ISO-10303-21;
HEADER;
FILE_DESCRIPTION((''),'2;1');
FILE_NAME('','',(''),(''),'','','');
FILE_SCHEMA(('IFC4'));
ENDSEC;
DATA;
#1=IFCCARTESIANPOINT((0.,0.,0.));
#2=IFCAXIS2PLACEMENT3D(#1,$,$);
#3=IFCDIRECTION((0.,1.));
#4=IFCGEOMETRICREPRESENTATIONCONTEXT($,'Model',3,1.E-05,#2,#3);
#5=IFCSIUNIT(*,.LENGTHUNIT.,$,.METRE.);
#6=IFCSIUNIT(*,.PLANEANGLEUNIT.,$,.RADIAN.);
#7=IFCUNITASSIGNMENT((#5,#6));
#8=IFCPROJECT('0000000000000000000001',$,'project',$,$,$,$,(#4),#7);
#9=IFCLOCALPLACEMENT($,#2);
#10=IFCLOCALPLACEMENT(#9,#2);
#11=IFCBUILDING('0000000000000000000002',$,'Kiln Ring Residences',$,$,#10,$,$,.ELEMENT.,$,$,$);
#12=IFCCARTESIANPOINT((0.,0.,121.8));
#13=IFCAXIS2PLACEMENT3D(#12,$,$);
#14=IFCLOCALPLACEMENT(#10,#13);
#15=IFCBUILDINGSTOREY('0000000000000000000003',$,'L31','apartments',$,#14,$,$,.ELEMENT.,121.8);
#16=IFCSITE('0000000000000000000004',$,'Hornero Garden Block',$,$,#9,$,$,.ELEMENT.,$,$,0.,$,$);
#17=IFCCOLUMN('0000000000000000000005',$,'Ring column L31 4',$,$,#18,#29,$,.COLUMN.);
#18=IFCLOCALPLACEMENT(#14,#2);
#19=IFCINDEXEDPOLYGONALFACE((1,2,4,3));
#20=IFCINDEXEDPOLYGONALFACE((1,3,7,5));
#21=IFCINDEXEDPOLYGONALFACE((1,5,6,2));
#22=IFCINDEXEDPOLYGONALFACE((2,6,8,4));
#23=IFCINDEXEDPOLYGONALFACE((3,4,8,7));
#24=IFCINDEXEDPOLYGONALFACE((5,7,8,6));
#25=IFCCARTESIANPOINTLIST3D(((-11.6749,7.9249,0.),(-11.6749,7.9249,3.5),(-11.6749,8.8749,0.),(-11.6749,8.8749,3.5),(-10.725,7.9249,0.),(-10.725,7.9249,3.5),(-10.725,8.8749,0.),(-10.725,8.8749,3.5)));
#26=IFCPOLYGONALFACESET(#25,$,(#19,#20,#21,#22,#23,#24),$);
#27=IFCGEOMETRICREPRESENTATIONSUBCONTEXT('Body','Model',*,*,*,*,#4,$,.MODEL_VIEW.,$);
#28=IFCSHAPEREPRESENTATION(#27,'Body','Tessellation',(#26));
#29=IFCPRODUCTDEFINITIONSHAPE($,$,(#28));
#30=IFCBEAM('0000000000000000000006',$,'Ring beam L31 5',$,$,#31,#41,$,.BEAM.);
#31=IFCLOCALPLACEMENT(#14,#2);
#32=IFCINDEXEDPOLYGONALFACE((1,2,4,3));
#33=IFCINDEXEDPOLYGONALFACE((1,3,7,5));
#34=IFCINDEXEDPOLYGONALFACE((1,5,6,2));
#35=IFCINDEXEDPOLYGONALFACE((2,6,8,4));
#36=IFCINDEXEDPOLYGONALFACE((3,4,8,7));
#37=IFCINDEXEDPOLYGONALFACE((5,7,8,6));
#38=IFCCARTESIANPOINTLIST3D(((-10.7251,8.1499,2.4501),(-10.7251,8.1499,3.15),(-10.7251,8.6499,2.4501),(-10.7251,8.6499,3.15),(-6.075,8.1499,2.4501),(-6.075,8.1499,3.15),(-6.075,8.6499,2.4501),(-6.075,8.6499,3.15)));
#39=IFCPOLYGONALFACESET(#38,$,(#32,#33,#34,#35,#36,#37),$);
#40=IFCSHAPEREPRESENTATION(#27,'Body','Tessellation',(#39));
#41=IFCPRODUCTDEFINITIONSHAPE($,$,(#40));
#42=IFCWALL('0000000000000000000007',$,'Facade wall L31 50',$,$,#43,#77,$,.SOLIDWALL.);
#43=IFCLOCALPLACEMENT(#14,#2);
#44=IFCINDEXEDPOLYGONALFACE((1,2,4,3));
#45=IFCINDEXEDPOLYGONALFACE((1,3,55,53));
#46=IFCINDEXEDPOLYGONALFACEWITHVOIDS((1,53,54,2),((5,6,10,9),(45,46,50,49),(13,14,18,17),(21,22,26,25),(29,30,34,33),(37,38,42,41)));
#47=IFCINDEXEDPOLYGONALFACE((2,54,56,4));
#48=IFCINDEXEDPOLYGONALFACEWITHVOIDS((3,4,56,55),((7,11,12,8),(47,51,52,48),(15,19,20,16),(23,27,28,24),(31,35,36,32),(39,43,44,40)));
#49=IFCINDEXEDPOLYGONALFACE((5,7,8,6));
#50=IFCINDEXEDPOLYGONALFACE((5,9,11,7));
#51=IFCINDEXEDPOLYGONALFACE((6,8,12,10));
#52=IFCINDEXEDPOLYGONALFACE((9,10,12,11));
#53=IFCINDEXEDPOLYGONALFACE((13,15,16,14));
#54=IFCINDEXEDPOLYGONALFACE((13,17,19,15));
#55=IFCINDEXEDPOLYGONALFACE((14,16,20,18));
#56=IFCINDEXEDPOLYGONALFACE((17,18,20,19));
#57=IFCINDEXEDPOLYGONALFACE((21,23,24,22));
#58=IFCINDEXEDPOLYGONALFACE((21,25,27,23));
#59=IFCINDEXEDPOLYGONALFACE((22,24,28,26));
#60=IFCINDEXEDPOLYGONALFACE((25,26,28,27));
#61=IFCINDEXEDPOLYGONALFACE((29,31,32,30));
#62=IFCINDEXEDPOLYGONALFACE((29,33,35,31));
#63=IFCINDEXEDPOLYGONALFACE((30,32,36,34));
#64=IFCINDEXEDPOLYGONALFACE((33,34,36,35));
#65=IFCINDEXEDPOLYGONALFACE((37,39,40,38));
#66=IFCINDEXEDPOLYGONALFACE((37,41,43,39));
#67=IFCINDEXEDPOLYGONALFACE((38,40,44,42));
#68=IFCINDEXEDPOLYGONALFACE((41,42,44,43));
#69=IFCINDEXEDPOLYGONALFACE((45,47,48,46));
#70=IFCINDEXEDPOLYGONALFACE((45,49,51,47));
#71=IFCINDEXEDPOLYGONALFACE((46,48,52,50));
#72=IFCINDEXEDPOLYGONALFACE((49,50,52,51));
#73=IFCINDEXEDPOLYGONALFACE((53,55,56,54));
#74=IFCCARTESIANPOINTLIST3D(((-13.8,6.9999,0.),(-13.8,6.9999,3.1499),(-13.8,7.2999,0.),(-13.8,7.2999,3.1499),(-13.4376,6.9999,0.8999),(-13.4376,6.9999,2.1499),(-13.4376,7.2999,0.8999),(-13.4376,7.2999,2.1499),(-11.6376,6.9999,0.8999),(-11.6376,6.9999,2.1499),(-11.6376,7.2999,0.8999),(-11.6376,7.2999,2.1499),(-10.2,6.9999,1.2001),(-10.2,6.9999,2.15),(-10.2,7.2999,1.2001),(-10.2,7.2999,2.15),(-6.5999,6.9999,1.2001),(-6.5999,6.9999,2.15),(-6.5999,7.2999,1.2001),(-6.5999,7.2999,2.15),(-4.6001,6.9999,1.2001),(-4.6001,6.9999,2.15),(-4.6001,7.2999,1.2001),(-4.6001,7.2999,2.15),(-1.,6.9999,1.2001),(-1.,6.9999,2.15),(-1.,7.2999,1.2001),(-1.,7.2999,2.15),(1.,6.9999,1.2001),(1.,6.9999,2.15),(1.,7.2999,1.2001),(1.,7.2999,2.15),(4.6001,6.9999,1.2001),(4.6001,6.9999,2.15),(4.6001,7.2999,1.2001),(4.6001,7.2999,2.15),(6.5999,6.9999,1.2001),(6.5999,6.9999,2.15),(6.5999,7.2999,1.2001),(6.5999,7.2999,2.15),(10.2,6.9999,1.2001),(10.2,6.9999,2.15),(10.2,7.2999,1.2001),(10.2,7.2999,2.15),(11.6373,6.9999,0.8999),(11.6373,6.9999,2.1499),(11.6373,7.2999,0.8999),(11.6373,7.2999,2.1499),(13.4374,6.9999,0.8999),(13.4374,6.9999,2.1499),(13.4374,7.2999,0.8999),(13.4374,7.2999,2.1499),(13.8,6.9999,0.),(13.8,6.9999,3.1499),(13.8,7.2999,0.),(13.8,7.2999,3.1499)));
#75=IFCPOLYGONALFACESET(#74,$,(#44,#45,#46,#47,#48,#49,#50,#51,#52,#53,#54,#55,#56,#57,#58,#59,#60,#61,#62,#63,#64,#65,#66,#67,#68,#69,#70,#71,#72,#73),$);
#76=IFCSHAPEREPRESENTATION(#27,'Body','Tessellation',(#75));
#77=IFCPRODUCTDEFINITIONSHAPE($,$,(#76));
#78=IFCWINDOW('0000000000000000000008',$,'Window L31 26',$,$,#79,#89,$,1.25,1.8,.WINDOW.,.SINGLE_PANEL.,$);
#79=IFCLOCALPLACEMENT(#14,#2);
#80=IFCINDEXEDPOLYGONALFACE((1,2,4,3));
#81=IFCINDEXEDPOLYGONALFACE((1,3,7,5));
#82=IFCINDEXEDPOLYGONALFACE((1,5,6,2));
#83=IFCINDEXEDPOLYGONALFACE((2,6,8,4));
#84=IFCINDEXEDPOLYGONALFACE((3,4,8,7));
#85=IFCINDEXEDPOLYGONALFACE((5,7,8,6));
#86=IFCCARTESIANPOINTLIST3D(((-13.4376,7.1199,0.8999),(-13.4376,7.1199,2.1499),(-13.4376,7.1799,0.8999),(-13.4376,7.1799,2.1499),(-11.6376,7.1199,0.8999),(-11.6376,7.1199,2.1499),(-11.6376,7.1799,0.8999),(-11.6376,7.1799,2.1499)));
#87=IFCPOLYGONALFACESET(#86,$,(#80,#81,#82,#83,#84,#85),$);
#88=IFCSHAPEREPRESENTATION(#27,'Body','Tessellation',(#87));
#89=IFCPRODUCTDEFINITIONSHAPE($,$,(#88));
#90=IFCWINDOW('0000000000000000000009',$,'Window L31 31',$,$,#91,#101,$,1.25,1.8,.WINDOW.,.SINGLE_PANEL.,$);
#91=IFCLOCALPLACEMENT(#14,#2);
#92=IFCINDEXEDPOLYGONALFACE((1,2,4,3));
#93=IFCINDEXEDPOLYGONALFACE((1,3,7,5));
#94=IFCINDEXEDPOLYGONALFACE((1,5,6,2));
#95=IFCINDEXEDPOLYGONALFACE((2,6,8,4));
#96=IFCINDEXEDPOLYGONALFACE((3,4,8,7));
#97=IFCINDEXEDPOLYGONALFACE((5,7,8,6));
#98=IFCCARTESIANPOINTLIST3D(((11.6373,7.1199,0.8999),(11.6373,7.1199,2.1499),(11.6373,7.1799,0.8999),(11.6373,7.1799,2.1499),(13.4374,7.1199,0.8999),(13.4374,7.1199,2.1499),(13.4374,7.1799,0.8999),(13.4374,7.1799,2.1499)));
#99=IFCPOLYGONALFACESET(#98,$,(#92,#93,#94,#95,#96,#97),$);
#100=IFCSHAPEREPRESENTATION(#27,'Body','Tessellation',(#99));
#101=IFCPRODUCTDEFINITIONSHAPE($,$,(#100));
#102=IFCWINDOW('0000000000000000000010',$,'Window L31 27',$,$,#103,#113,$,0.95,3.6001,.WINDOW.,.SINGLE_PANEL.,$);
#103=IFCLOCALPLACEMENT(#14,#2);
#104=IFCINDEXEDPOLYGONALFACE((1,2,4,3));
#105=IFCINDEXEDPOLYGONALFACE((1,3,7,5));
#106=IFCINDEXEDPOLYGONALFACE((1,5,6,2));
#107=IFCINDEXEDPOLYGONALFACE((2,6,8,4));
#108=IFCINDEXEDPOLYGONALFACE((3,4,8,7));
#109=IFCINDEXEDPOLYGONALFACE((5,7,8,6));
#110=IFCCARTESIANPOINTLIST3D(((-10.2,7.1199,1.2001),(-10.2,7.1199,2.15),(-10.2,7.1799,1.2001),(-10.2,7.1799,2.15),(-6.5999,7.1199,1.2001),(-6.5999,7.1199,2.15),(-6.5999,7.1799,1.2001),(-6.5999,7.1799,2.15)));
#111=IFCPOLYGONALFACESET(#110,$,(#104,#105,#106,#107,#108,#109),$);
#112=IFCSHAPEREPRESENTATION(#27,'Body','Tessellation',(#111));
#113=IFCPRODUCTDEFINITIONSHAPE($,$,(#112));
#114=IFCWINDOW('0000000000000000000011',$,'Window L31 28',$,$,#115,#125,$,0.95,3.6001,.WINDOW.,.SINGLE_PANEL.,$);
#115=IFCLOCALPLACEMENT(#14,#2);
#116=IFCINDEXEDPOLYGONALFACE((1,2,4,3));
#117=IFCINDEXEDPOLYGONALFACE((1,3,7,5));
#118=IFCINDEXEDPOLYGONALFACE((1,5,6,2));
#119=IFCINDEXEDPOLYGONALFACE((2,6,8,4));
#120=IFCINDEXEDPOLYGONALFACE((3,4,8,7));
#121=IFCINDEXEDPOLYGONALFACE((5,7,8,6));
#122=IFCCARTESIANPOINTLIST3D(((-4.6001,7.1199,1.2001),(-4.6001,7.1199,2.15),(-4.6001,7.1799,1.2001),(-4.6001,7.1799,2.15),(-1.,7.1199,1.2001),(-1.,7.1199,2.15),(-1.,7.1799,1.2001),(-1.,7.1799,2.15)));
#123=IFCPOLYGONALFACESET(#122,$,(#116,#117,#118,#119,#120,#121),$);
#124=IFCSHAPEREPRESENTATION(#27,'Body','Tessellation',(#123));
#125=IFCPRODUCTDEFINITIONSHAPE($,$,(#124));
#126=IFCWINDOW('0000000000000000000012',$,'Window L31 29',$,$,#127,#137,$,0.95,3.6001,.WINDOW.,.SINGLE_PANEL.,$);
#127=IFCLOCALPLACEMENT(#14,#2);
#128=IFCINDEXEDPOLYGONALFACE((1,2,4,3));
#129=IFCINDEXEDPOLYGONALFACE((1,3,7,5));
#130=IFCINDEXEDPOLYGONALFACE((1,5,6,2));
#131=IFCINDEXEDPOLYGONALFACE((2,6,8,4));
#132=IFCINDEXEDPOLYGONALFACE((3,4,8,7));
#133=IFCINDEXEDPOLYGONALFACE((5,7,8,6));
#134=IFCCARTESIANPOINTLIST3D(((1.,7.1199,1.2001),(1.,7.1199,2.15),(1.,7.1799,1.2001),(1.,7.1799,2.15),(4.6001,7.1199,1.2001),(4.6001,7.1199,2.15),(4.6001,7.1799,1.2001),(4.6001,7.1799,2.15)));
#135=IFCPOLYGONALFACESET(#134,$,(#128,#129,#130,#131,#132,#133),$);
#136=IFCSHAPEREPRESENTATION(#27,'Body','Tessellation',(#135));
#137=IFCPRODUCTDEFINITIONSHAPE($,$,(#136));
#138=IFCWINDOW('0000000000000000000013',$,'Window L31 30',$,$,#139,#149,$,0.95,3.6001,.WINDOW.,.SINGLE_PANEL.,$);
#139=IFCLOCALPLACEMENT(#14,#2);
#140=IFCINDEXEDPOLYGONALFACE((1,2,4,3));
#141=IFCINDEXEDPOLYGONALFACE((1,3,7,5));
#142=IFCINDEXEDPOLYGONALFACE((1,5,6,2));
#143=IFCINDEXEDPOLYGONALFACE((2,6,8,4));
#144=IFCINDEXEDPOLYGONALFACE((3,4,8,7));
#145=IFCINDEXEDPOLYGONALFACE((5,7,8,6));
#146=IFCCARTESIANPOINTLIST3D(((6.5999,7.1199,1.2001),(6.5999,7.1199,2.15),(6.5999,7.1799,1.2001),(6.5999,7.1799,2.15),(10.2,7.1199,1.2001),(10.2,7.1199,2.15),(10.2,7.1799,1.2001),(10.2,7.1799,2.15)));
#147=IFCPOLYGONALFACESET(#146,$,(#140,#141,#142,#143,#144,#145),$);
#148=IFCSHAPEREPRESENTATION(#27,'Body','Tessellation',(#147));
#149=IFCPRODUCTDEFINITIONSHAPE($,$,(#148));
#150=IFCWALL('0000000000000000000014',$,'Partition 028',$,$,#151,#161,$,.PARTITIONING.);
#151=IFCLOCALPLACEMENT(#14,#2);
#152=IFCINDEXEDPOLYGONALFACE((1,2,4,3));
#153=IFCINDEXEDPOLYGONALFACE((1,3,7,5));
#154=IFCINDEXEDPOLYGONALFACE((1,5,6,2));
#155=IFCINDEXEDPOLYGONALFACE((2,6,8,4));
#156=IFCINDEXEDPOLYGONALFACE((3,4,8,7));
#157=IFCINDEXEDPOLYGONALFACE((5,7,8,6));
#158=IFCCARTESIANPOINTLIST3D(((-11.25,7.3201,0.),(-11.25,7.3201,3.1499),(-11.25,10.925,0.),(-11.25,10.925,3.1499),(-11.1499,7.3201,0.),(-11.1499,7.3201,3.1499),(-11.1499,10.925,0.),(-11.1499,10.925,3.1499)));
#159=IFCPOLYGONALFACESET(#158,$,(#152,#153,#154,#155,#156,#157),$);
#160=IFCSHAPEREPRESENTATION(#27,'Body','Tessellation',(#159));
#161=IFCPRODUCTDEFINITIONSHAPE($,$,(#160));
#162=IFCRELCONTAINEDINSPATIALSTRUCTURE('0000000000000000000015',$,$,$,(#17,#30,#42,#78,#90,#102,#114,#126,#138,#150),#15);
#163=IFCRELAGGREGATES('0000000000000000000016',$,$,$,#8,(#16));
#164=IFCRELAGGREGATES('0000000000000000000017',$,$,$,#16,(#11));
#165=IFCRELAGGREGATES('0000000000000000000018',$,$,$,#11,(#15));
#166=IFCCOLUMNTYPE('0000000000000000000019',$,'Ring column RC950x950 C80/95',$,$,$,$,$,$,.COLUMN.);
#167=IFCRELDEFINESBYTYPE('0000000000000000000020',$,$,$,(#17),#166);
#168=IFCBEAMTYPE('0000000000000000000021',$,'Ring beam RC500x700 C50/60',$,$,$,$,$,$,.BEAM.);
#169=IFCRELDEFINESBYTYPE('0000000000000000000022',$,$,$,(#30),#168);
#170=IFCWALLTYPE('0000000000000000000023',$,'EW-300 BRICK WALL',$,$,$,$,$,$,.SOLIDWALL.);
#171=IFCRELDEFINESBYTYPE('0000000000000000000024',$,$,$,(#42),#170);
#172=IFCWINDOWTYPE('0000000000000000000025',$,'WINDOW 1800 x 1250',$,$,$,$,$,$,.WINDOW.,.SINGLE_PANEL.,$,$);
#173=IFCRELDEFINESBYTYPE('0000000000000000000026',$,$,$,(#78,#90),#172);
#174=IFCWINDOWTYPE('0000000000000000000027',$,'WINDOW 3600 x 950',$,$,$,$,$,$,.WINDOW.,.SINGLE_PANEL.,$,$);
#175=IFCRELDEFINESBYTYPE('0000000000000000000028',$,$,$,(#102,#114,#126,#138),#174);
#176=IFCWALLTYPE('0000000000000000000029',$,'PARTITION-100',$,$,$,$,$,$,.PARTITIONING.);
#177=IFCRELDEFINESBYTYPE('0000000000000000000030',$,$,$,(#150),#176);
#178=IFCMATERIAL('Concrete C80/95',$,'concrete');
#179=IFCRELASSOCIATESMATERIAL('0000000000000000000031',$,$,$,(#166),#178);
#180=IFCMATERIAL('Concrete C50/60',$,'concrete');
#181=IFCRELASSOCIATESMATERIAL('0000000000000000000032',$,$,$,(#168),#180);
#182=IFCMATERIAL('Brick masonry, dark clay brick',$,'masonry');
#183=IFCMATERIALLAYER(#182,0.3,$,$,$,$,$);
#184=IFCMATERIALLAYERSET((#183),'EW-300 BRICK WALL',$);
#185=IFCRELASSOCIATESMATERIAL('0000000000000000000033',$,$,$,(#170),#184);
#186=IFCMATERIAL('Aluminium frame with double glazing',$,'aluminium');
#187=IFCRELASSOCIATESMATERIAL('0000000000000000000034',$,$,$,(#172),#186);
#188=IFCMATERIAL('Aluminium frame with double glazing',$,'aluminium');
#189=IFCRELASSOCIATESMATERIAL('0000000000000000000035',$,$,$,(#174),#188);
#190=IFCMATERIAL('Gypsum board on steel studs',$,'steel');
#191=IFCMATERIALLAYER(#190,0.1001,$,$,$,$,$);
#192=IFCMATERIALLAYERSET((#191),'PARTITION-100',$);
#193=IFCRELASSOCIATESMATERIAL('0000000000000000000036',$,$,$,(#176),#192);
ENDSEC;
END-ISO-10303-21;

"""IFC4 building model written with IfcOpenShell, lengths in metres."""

from ifc_helpers import new_model, si_unit, direction, frame, frame_2d, origin, origin_2d, place, context, subcontext, project, spatial, rectangle, extrude, material, layer, layer_set, material_profile, profile_set, type_object, element, fill, save


model = new_model("IFC4")

# Units and contexts
model_context = context("Model", 3, precision=1e-05, world=origin(), true_north=direction((0.0, 1.0)))
body_context = subcontext(model_context, "Body", "Model", "MODEL_VIEW")
ifc_project = project(units=[si_unit("LENGTHUNIT", "METRE"), si_unit("PLANEANGLEUNIT", "RADIAN")], contexts=[model_context])

# Site, building, storey
site_placement = place(None, origin())
site = spatial("IfcSite", under=ifc_project, at=site_placement, Name="Hornero Garden Block", CompositionType="ELEMENT", RefElevation=0.0)
building_placement = place(site_placement, origin())
building = spatial("IfcBuilding", under=site, at=building_placement, Name="Kiln Ring Residences", CompositionType="ELEMENT")
storey_placement = place(building_placement, frame((0.0, 0.0, 121.8)))
storey = spatial("IfcBuildingStorey", under=building, at=storey_placement, Name="L31", Description="apartments", CompositionType="ELEMENT", Elevation=121.8)

# Column
ifc_material_1 = material(Name="Concrete C80/95", Category="concrete")
ifc_material_profile_1 = material_profile(ifc_material_1, rectangle(XDim=0.95, YDim=0.95, at=origin_2d()), Name="RC950x950")
ifc_profile_set_1 = profile_set([ifc_material_profile_1], Name="Concrete C80/95")
column_type = type_object("IfcColumnType", Name="Ring column RC950x950 C80/95", PredefinedType="COLUMN", material=ifc_profile_set_1)
column_placement = place(storey_placement, frame((-11.2, 8.3999, 0.0), z_axis=(0.0, 0.0, 1.0), x_axis=(1.0, 0.0, 0.0)))
element("IfcColumn", 1, at=column_placement, inside=storey, type_object=column_type, Name="Ring column L31 4", PredefinedType="COLUMN", context=body_context, shape_type="SweptSolid", body=[
    extrude(rectangle(XDim=0.95, YDim=0.95, at=origin_2d()), origin(), (0.0, 0.0, 1.0), 3.5),
])

# Beam
ifc_material_2 = material(Name="Concrete C50/60", Category="concrete")
ifc_material_profile_2 = material_profile(ifc_material_2, rectangle(XDim=0.5, YDim=0.7, at=origin_2d()), Name="RC500x700")
ifc_profile_set_2 = profile_set([ifc_material_profile_2], Name="Concrete C50/60")
beam_type = type_object("IfcBeamType", Name="Ring beam RC500x700 C50/60", PredefinedType="BEAM", material=ifc_profile_set_2)
beam_placement = place(storey_placement, frame((-10.7251, 8.3999, 2.8), z_axis=(1.0, 0.0, 0.0), x_axis=(0.0, 1.0, 0.0)))
element("IfcBeam", 2, at=beam_placement, inside=storey, type_object=beam_type, Name="Ring beam L31 5", PredefinedType="BEAM", context=body_context, shape_type="SweptSolid", body=[
    extrude(rectangle(XDim=0.5, YDim=0.7, at=origin_2d()), origin(), (0.0, 0.0, 1.0), 4.6501),
])

# Wall, openings, windows
ifc_material_3 = material(Name="Brick masonry, dark clay brick", Category="masonry")
ifc_layer_1 = layer(ifc_material_3, 0.3)
ifc_layer_set_1 = layer_set([ifc_layer_1], Name="EW-300 BRICK WALL")
wall_type_1 = type_object("IfcWallType", Name="EW-300 BRICK WALL", PredefinedType="SOLIDWALL", material=ifc_layer_set_1)
wall_1_placement = place(storey_placement, frame((-13.8, 7.1499, 0.0), z_axis=(0.0, 0.0, 1.0), x_axis=(1.0, 0.0, 0.0)))
wall_1 = element("IfcWall", 3, at=wall_1_placement, inside=storey, type_object=wall_type_1, Name="Facade wall L31 50", PredefinedType="SOLIDWALL", context=body_context, shape_type="SweptSolid", body=[
    extrude(rectangle(XDim=27.6001, YDim=0.3, at=frame_2d((13.8, 0.0))), origin(), (0.0, 0.0, 1.0), 3.1499),
])
opening_1_placement = place(wall_1_placement, frame((0.3625, 0.0, 0.8999)))
opening_1 = element("IfcOpeningElement", 4, at=opening_1_placement, cuts=wall_1, PredefinedType="OPENING", context=body_context, shape_type="SweptSolid", body=[
    extrude(rectangle(XDim=1.8, YDim=1.25, at=frame_2d((0.8999, 0.625))), frame((0.0, 0.1599, 0.0), z_axis=(0.0, -1.0, 0.0), x_axis=(1.0, 0.0, 0.0)), (0.0, 0.0, 1.0), 0.3201),
])
opening_2_placement = place(wall_1_placement, frame((3.6001, 0.0, 1.2)))
opening_2 = element("IfcOpeningElement", 5, at=opening_2_placement, cuts=wall_1, PredefinedType="OPENING", context=body_context, shape_type="SweptSolid", body=[
    extrude(rectangle(XDim=3.6001, YDim=0.95, at=frame_2d((1.8, 0.4751))), frame((0.0, 0.1599, 0.0), z_axis=(0.0, -1.0, 0.0), x_axis=(1.0, 0.0, 0.0)), (0.0, 0.0, 1.0), 0.3201),
])
opening_3_placement = place(wall_1_placement, frame((9.2, 0.0, 1.2)))
opening_3 = element("IfcOpeningElement", 6, at=opening_3_placement, cuts=wall_1, PredefinedType="OPENING", context=body_context, shape_type="SweptSolid", body=[
    extrude(rectangle(XDim=3.6001, YDim=0.95, at=frame_2d((1.8, 0.4751))), frame((0.0, 0.1599, 0.0), z_axis=(0.0, -1.0, 0.0), x_axis=(1.0, 0.0, 0.0)), (0.0, 0.0, 1.0), 0.3201),
])
opening_4_placement = place(wall_1_placement, frame((14.8, 0.0, 1.2)))
opening_4 = element("IfcOpeningElement", 7, at=opening_4_placement, cuts=wall_1, PredefinedType="OPENING", context=body_context, shape_type="SweptSolid", body=[
    extrude(rectangle(XDim=3.6001, YDim=0.95, at=frame_2d((1.8, 0.4751))), frame((0.0, 0.1599, 0.0), z_axis=(0.0, -1.0, 0.0), x_axis=(1.0, 0.0, 0.0)), (0.0, 0.0, 1.0), 0.3201),
])
opening_5_placement = place(wall_1_placement, frame((20.3999, 0.0, 1.2)))
opening_5 = element("IfcOpeningElement", 8, at=opening_5_placement, cuts=wall_1, PredefinedType="OPENING", context=body_context, shape_type="SweptSolid", body=[
    extrude(rectangle(XDim=3.6001, YDim=0.95, at=frame_2d((1.8, 0.4751))), frame((0.0, 0.1599, 0.0), z_axis=(0.0, -1.0, 0.0), x_axis=(1.0, 0.0, 0.0)), (0.0, 0.0, 1.0), 0.3201),
])
opening_6_placement = place(wall_1_placement, frame((25.4375, 0.0, 0.8999)))
opening_6 = element("IfcOpeningElement", 9, at=opening_6_placement, cuts=wall_1, PredefinedType="OPENING", context=body_context, shape_type="SweptSolid", body=[
    extrude(rectangle(XDim=1.8, YDim=1.25, at=frame_2d((0.8999, 0.625))), frame((0.0, 0.1599, 0.0), z_axis=(0.0, -1.0, 0.0), x_axis=(1.0, 0.0, 0.0)), (0.0, 0.0, 1.0), 0.3201),
])
ifc_material_4 = material(Name="Aluminium frame with double glazing", Category="aluminium")
window_type_1 = type_object("IfcWindowType", Name="WINDOW 1800 x 1250", PartitioningType="SINGLE_PANEL", PredefinedType="WINDOW", material=ifc_material_4)
window_1_placement = place(opening_1_placement, origin())
window_1 = element("IfcWindow", 10, at=window_1_placement, inside=storey, type_object=window_type_1, Name="Window L31 26", OverallHeight=1.25, OverallWidth=1.8, PartitioningType="SINGLE_PANEL", PredefinedType="WINDOW", context=body_context, shape_type="SweptSolid", body=[
    extrude(rectangle(XDim=1.8, YDim=1.25, at=frame_2d((0.8999, 0.625))), frame((0.0, 0.03, 0.0), z_axis=(0.0, -1.0, 0.0), x_axis=(1.0, 0.0, 0.0)), (0.0, 0.0, 1.0), 0.0601),
])
fill(opening_1, window_1)
window_2_placement = place(opening_6_placement, origin())
window_2 = element("IfcWindow", 11, at=window_2_placement, inside=storey, type_object=window_type_1, Name="Window L31 31", OverallHeight=1.25, OverallWidth=1.8, PartitioningType="SINGLE_PANEL", PredefinedType="WINDOW", context=body_context, shape_type="SweptSolid", body=[
    extrude(rectangle(XDim=1.8, YDim=1.25, at=frame_2d((0.8999, 0.625))), frame((0.0, 0.03, 0.0), z_axis=(0.0, -1.0, 0.0), x_axis=(1.0, 0.0, 0.0)), (0.0, 0.0, 1.0), 0.0601),
])
fill(opening_6, window_2)
ifc_material_5 = material(Name="Aluminium frame with double glazing", Category="aluminium")
window_type_2 = type_object("IfcWindowType", Name="WINDOW 3600 x 950", PartitioningType="SINGLE_PANEL", PredefinedType="WINDOW", material=ifc_material_5)
window_3_placement = place(opening_2_placement, origin())
window_3 = element("IfcWindow", 12, at=window_3_placement, inside=storey, type_object=window_type_2, Name="Window L31 27", OverallHeight=0.95, OverallWidth=3.6001, PartitioningType="SINGLE_PANEL", PredefinedType="WINDOW", context=body_context, shape_type="SweptSolid", body=[
    extrude(rectangle(XDim=3.6001, YDim=0.95, at=frame_2d((1.8, 0.4751))), frame((0.0, 0.03, 0.0), z_axis=(0.0, -1.0, 0.0), x_axis=(1.0, 0.0, 0.0)), (0.0, 0.0, 1.0), 0.0601),
])
fill(opening_2, window_3)
window_4_placement = place(opening_3_placement, origin())
window_4 = element("IfcWindow", 13, at=window_4_placement, inside=storey, type_object=window_type_2, Name="Window L31 28", OverallHeight=0.95, OverallWidth=3.6001, PartitioningType="SINGLE_PANEL", PredefinedType="WINDOW", context=body_context, shape_type="SweptSolid", body=[
    extrude(rectangle(XDim=3.6001, YDim=0.95, at=frame_2d((1.8, 0.4751))), frame((0.0, 0.03, 0.0), z_axis=(0.0, -1.0, 0.0), x_axis=(1.0, 0.0, 0.0)), (0.0, 0.0, 1.0), 0.0601),
])
fill(opening_3, window_4)
window_5_placement = place(opening_4_placement, origin())
window_5 = element("IfcWindow", 14, at=window_5_placement, inside=storey, type_object=window_type_2, Name="Window L31 29", OverallHeight=0.95, OverallWidth=3.6001, PartitioningType="SINGLE_PANEL", PredefinedType="WINDOW", context=body_context, shape_type="SweptSolid", body=[
    extrude(rectangle(XDim=3.6001, YDim=0.95, at=frame_2d((1.8, 0.4751))), frame((0.0, 0.03, 0.0), z_axis=(0.0, -1.0, 0.0), x_axis=(1.0, 0.0, 0.0)), (0.0, 0.0, 1.0), 0.0601),
])
fill(opening_4, window_5)
window_6_placement = place(opening_5_placement, origin())
window_6 = element("IfcWindow", 15, at=window_6_placement, inside=storey, type_object=window_type_2, Name="Window L31 30", OverallHeight=0.95, OverallWidth=3.6001, PartitioningType="SINGLE_PANEL", PredefinedType="WINDOW", context=body_context, shape_type="SweptSolid", body=[
    extrude(rectangle(XDim=3.6001, YDim=0.95, at=frame_2d((1.8, 0.4751))), frame((0.0, 0.03, 0.0), z_axis=(0.0, -1.0, 0.0), x_axis=(1.0, 0.0, 0.0)), (0.0, 0.0, 1.0), 0.0601),
])
fill(opening_5, window_6)

# Wall
ifc_material_6 = material(Name="Gypsum board on steel studs", Category="steel")
ifc_layer_2 = layer(ifc_material_6, 0.1001)
ifc_layer_set_2 = layer_set([ifc_layer_2], Name="PARTITION-100")
wall_type_2 = type_object("IfcWallType", Name="PARTITION-100", PredefinedType="PARTITIONING", material=ifc_layer_set_2)
wall_2_placement = place(storey_placement, frame((-11.2, 7.3201, 0.0), z_axis=(0.0, 0.0, 1.0), x_axis=(0.0, 1.0, 0.0)))
element("IfcWall", 16, at=wall_2_placement, inside=storey, type_object=wall_type_2, Name="Partition 028", PredefinedType="PARTITIONING", context=body_context, shape_type="SweptSolid", body=[
    extrude(rectangle(XDim=3.605, YDim=0.1001, at=frame_2d((1.8025, 0.0))), origin(), (0.0, 0.0, 1.0), 3.1499),
])

save(model, "model.ifc")
